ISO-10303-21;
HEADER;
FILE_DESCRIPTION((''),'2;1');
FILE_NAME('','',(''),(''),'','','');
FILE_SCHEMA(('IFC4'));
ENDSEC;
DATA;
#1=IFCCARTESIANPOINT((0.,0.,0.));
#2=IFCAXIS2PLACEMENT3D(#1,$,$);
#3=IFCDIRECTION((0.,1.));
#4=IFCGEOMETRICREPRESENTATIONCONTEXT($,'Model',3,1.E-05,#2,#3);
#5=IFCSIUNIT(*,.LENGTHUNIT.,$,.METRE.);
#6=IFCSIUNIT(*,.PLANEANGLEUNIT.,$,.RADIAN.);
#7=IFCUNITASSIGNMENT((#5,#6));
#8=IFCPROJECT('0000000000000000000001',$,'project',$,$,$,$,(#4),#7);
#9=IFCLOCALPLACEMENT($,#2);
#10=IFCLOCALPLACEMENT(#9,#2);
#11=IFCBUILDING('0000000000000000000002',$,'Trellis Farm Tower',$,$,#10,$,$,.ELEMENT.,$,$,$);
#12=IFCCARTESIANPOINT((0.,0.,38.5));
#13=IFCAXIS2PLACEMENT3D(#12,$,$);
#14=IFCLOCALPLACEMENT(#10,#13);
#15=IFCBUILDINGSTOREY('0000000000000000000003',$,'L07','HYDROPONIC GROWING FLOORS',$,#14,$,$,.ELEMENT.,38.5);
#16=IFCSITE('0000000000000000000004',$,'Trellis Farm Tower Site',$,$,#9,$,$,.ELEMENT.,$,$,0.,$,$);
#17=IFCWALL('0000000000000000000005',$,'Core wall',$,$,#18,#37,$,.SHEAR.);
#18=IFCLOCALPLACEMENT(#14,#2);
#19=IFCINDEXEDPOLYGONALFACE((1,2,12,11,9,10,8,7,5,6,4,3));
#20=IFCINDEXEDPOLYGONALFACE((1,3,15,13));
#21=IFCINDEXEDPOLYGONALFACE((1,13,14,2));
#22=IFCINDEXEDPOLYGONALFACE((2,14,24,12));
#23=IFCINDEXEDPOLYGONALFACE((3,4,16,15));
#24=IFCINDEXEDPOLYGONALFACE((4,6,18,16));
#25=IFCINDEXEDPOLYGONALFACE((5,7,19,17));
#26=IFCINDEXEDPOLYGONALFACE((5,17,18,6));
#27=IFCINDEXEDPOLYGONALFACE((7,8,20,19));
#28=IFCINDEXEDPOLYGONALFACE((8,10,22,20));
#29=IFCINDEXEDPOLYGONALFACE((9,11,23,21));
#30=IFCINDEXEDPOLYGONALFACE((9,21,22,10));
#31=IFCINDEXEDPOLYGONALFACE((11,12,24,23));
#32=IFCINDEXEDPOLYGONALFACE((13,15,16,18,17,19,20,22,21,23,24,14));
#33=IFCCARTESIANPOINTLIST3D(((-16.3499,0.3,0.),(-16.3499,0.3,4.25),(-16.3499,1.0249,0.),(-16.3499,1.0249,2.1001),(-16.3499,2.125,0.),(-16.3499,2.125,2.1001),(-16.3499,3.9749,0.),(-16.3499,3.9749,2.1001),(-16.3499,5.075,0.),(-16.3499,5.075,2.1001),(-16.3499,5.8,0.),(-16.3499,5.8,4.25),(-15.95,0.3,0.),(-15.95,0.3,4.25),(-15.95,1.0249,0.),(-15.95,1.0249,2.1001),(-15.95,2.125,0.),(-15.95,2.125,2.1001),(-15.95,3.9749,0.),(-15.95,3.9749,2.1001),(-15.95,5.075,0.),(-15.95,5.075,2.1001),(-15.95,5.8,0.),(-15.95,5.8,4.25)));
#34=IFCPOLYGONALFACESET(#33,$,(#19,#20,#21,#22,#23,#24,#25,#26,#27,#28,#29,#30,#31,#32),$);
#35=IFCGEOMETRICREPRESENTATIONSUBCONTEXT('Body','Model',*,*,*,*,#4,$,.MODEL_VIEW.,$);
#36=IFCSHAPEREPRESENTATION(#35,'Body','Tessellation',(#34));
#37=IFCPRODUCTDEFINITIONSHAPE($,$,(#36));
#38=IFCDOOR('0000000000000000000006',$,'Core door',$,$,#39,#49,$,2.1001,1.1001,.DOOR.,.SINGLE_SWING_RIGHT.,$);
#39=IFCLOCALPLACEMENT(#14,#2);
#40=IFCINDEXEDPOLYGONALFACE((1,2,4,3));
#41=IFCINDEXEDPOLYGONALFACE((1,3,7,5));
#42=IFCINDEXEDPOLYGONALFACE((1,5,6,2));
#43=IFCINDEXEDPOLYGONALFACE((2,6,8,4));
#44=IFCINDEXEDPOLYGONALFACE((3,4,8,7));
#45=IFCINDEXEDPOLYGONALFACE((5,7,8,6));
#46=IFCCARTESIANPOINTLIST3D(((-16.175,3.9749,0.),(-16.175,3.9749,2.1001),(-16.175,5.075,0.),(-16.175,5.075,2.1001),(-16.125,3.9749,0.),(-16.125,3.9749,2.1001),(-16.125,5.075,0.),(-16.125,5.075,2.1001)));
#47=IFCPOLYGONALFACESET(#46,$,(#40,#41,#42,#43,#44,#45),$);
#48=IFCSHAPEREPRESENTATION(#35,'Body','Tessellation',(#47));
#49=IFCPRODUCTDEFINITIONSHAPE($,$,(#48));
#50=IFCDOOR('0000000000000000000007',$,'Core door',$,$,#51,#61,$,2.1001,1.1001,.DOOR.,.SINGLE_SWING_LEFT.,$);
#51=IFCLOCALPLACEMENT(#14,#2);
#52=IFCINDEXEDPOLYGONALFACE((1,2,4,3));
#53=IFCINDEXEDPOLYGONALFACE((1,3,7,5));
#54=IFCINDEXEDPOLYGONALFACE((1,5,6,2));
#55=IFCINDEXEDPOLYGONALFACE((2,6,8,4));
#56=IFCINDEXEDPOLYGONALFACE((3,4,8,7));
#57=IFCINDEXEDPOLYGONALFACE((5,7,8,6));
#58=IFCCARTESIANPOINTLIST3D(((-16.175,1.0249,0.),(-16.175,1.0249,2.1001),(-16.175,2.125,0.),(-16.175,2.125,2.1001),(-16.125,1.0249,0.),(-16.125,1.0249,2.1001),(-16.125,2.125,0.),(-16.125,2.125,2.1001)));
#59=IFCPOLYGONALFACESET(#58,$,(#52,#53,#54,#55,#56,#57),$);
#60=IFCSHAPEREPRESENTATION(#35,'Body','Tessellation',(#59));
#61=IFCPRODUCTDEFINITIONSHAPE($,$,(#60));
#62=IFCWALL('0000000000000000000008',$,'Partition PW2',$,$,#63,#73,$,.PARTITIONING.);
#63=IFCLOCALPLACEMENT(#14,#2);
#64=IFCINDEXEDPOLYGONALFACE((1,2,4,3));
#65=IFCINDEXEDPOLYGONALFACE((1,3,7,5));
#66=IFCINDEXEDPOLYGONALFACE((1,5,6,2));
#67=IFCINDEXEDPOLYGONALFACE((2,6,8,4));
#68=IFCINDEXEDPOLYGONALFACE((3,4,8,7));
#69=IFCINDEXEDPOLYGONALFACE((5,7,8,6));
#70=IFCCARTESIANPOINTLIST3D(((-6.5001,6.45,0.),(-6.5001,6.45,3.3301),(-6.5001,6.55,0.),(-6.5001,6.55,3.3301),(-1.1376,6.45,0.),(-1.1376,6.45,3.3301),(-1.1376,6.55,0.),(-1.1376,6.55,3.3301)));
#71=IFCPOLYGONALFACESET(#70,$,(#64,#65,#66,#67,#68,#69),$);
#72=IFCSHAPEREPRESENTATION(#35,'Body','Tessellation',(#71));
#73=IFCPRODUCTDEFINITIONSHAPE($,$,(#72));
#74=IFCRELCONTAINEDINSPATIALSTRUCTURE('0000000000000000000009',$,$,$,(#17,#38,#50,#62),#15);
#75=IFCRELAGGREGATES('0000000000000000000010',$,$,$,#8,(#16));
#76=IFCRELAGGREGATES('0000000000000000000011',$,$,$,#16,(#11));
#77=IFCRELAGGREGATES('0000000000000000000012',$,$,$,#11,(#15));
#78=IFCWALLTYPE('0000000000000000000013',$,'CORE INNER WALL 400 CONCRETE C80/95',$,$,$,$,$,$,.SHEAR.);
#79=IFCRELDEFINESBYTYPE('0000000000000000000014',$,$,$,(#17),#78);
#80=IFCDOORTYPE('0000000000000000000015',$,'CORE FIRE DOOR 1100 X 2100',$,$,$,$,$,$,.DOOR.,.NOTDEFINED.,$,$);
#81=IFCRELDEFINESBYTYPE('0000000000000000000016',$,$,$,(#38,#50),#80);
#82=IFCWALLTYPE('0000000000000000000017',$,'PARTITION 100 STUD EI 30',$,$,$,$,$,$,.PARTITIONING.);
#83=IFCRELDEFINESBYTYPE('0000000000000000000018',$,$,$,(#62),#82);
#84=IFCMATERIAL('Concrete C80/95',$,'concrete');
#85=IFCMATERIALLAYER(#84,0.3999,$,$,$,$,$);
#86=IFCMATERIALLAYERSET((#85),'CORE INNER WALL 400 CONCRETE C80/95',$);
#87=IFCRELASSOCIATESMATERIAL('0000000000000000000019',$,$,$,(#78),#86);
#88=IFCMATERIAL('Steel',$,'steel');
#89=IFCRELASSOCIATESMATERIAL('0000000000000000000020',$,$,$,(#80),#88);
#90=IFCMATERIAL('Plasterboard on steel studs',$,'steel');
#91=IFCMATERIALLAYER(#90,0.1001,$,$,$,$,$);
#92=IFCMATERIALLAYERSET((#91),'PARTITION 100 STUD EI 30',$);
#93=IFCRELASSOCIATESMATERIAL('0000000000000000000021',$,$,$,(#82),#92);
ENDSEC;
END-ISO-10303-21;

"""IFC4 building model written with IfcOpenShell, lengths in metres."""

from ifc_helpers import new_model, si_unit, direction, frame, frame_2d, origin, place, context, subcontext, project, spatial, rectangle, extrude, source, transform, mapped, material, layer, layer_set, type_object, element, fill, save


model = new_model("IFC4")

# Units and contexts
model_context = context("Model", 3, precision=1e-05, world=origin(), true_north=direction((0.0, 1.0)))
body_context = subcontext(model_context, "Body", "Model", "MODEL_VIEW")
ifc_project = project(units=[si_unit("LENGTHUNIT", "METRE"), si_unit("PLANEANGLEUNIT", "RADIAN")], contexts=[model_context])

# Site, building, storey
site_placement = place(None, origin())
site = spatial("IfcSite", under=ifc_project, at=site_placement, Name="Trellis Farm Tower Site", CompositionType="ELEMENT", RefElevation=0.0)
building_placement = place(site_placement, origin())
building = spatial("IfcBuilding", under=site, at=building_placement, Name="Trellis Farm Tower", CompositionType="ELEMENT")
storey_placement = place(building_placement, frame((0.0, 0.0, 38.5)))
storey = spatial("IfcBuildingStorey", under=building, at=storey_placement, Name="L07", Description="HYDROPONIC GROWING FLOORS", CompositionType="ELEMENT", Elevation=38.5)

# Shared definitions
ifc_material_1 = material(Name="Concrete C80/95", Category="concrete")

# Shared definitions
ifc_material_2 = material(Name="Steel", Category="steel")

# Shared definitions
ifc_layer_1 = layer(ifc_material_1, 0.3999)
ifc_layer_set_1 = layer_set([ifc_layer_1], Name="CORE INNER WALL 400 CONCRETE C80/95")
wall_type_1 = type_object("IfcWallType", Name="CORE INNER WALL 400 CONCRETE C80/95", PredefinedType="SHEAR", material=ifc_layer_set_1)

# Wall, openings, doors
shared_shape_1 = source(origin(), body_context, "Body", "SweptSolid", [
    extrude(rectangle(XDim=5.5, YDim=0.3999, at=frame_2d((2.75, 0.0))), origin(), (0.0, 0.0, 1.0), 4.25),
])
wall_1_placement = place(storey_placement, frame((-16.1499, 5.8, 0.0), z_axis=(0.0, 0.0, 1.0), x_axis=(0.0, -1.0, 0.0)))
wall_1 = element("IfcWall", 1, at=wall_1_placement, inside=storey, type_object=wall_type_1, Name="Core wall", PredefinedType="SHEAR", context=body_context, shape_type="MappedRepresentation", body=[
    mapped(shared_shape_1, transform((0.0, 0.0, 0.0))),
])
shared_shape_2 = source(origin(), body_context, "Body", "SweptSolid", [
    extrude(rectangle(XDim=1.1001, YDim=2.1001, at=frame_2d((0.55, 1.05))), frame((0.0, 0.21, 0.0), z_axis=(0.0, -1.0, 0.0), x_axis=(1.0, 0.0, 0.0)), (0.0, 0.0, 1.0), 0.4199),
])
opening_1_placement = place(wall_1_placement, frame((0.7251, 0.0, 0.0)))
opening_1 = element("IfcOpeningElement", 2, at=opening_1_placement, cuts=wall_1, PredefinedType="OPENING", context=body_context, shape_type="MappedRepresentation", body=[
    mapped(shared_shape_2, transform((0.0, 0.0, 0.0))),
])
opening_2_placement = place(wall_1_placement, frame((3.675, 0.0, 0.0)))
opening_2 = element("IfcOpeningElement", 3, at=opening_2_placement, cuts=wall_1, PredefinedType="OPENING", context=body_context, shape_type="MappedRepresentation", body=[
    mapped(shared_shape_2, transform((0.0, 0.0, 0.0))),
])
door_type_1 = type_object("IfcDoorType", Name="CORE FIRE DOOR 1100 X 2100", OperationType="NOTDEFINED", PredefinedType="DOOR", material=ifc_material_2)
shared_shape_3 = source(origin(), body_context, "Body", "SweptSolid", [
    extrude(rectangle(XDim=1.1001, YDim=2.1001, at=frame_2d((0.55, 1.05))), frame((0.0, 0.0249, 0.0), z_axis=(0.0, -1.0, 0.0), x_axis=(1.0, 0.0, 0.0)), (0.0, 0.0, 1.0), 0.05),
])
door_1_placement = place(opening_1_placement, origin())
door_1 = element("IfcDoor", 4, at=door_1_placement, inside=storey, type_object=door_type_1, Name="Core door", OperationType="SINGLE_SWING_RIGHT", OverallHeight=2.1001, OverallWidth=1.1001, PredefinedType="DOOR", context=body_context, shape_type="MappedRepresentation", body=[
    mapped(shared_shape_3, transform((0.0, 0.0, 0.0))),
])
fill(opening_1, door_1)
door_2_placement = place(opening_2_placement, origin())
door_2 = element("IfcDoor", 5, at=door_2_placement, inside=storey, type_object=door_type_1, Name="Core door", OperationType="SINGLE_SWING_LEFT", OverallHeight=2.1001, OverallWidth=1.1001, PredefinedType="DOOR", context=body_context, shape_type="MappedRepresentation", body=[
    mapped(shared_shape_3, transform((0.0, 0.0, 0.0))),
])
fill(opening_2, door_2)

# Wall
ifc_material_3 = material(Name="Plasterboard on steel studs", Category="steel")
ifc_layer_2 = layer(ifc_material_3, 0.1001)
ifc_layer_set_2 = layer_set([ifc_layer_2], Name="PARTITION 100 STUD EI 30")
wall_type_2 = type_object("IfcWallType", Name="PARTITION 100 STUD EI 30", PredefinedType="PARTITIONING", material=ifc_layer_set_2)
shared_shape_4 = source(origin(), body_context, "Body", "SweptSolid", [
    extrude(rectangle(XDim=5.3625, YDim=0.1001, at=frame_2d((2.6812, 0.0))), origin(), (0.0, 0.0, 1.0), 3.3301),
])
wall_2_placement = place(storey_placement, frame((-6.5, 6.5, 0.0), z_axis=(0.0, 0.0, 1.0), x_axis=(1.0, 0.0, 0.0)))
element("IfcWall", 6, at=wall_2_placement, inside=storey, type_object=wall_type_2, Name="Partition PW2", PredefinedType="PARTITIONING", context=body_context, shape_type="MappedRepresentation", body=[
    mapped(shared_shape_4, transform((0.0, 0.0, 0.0))),
])

save(model, "model.ifc")
